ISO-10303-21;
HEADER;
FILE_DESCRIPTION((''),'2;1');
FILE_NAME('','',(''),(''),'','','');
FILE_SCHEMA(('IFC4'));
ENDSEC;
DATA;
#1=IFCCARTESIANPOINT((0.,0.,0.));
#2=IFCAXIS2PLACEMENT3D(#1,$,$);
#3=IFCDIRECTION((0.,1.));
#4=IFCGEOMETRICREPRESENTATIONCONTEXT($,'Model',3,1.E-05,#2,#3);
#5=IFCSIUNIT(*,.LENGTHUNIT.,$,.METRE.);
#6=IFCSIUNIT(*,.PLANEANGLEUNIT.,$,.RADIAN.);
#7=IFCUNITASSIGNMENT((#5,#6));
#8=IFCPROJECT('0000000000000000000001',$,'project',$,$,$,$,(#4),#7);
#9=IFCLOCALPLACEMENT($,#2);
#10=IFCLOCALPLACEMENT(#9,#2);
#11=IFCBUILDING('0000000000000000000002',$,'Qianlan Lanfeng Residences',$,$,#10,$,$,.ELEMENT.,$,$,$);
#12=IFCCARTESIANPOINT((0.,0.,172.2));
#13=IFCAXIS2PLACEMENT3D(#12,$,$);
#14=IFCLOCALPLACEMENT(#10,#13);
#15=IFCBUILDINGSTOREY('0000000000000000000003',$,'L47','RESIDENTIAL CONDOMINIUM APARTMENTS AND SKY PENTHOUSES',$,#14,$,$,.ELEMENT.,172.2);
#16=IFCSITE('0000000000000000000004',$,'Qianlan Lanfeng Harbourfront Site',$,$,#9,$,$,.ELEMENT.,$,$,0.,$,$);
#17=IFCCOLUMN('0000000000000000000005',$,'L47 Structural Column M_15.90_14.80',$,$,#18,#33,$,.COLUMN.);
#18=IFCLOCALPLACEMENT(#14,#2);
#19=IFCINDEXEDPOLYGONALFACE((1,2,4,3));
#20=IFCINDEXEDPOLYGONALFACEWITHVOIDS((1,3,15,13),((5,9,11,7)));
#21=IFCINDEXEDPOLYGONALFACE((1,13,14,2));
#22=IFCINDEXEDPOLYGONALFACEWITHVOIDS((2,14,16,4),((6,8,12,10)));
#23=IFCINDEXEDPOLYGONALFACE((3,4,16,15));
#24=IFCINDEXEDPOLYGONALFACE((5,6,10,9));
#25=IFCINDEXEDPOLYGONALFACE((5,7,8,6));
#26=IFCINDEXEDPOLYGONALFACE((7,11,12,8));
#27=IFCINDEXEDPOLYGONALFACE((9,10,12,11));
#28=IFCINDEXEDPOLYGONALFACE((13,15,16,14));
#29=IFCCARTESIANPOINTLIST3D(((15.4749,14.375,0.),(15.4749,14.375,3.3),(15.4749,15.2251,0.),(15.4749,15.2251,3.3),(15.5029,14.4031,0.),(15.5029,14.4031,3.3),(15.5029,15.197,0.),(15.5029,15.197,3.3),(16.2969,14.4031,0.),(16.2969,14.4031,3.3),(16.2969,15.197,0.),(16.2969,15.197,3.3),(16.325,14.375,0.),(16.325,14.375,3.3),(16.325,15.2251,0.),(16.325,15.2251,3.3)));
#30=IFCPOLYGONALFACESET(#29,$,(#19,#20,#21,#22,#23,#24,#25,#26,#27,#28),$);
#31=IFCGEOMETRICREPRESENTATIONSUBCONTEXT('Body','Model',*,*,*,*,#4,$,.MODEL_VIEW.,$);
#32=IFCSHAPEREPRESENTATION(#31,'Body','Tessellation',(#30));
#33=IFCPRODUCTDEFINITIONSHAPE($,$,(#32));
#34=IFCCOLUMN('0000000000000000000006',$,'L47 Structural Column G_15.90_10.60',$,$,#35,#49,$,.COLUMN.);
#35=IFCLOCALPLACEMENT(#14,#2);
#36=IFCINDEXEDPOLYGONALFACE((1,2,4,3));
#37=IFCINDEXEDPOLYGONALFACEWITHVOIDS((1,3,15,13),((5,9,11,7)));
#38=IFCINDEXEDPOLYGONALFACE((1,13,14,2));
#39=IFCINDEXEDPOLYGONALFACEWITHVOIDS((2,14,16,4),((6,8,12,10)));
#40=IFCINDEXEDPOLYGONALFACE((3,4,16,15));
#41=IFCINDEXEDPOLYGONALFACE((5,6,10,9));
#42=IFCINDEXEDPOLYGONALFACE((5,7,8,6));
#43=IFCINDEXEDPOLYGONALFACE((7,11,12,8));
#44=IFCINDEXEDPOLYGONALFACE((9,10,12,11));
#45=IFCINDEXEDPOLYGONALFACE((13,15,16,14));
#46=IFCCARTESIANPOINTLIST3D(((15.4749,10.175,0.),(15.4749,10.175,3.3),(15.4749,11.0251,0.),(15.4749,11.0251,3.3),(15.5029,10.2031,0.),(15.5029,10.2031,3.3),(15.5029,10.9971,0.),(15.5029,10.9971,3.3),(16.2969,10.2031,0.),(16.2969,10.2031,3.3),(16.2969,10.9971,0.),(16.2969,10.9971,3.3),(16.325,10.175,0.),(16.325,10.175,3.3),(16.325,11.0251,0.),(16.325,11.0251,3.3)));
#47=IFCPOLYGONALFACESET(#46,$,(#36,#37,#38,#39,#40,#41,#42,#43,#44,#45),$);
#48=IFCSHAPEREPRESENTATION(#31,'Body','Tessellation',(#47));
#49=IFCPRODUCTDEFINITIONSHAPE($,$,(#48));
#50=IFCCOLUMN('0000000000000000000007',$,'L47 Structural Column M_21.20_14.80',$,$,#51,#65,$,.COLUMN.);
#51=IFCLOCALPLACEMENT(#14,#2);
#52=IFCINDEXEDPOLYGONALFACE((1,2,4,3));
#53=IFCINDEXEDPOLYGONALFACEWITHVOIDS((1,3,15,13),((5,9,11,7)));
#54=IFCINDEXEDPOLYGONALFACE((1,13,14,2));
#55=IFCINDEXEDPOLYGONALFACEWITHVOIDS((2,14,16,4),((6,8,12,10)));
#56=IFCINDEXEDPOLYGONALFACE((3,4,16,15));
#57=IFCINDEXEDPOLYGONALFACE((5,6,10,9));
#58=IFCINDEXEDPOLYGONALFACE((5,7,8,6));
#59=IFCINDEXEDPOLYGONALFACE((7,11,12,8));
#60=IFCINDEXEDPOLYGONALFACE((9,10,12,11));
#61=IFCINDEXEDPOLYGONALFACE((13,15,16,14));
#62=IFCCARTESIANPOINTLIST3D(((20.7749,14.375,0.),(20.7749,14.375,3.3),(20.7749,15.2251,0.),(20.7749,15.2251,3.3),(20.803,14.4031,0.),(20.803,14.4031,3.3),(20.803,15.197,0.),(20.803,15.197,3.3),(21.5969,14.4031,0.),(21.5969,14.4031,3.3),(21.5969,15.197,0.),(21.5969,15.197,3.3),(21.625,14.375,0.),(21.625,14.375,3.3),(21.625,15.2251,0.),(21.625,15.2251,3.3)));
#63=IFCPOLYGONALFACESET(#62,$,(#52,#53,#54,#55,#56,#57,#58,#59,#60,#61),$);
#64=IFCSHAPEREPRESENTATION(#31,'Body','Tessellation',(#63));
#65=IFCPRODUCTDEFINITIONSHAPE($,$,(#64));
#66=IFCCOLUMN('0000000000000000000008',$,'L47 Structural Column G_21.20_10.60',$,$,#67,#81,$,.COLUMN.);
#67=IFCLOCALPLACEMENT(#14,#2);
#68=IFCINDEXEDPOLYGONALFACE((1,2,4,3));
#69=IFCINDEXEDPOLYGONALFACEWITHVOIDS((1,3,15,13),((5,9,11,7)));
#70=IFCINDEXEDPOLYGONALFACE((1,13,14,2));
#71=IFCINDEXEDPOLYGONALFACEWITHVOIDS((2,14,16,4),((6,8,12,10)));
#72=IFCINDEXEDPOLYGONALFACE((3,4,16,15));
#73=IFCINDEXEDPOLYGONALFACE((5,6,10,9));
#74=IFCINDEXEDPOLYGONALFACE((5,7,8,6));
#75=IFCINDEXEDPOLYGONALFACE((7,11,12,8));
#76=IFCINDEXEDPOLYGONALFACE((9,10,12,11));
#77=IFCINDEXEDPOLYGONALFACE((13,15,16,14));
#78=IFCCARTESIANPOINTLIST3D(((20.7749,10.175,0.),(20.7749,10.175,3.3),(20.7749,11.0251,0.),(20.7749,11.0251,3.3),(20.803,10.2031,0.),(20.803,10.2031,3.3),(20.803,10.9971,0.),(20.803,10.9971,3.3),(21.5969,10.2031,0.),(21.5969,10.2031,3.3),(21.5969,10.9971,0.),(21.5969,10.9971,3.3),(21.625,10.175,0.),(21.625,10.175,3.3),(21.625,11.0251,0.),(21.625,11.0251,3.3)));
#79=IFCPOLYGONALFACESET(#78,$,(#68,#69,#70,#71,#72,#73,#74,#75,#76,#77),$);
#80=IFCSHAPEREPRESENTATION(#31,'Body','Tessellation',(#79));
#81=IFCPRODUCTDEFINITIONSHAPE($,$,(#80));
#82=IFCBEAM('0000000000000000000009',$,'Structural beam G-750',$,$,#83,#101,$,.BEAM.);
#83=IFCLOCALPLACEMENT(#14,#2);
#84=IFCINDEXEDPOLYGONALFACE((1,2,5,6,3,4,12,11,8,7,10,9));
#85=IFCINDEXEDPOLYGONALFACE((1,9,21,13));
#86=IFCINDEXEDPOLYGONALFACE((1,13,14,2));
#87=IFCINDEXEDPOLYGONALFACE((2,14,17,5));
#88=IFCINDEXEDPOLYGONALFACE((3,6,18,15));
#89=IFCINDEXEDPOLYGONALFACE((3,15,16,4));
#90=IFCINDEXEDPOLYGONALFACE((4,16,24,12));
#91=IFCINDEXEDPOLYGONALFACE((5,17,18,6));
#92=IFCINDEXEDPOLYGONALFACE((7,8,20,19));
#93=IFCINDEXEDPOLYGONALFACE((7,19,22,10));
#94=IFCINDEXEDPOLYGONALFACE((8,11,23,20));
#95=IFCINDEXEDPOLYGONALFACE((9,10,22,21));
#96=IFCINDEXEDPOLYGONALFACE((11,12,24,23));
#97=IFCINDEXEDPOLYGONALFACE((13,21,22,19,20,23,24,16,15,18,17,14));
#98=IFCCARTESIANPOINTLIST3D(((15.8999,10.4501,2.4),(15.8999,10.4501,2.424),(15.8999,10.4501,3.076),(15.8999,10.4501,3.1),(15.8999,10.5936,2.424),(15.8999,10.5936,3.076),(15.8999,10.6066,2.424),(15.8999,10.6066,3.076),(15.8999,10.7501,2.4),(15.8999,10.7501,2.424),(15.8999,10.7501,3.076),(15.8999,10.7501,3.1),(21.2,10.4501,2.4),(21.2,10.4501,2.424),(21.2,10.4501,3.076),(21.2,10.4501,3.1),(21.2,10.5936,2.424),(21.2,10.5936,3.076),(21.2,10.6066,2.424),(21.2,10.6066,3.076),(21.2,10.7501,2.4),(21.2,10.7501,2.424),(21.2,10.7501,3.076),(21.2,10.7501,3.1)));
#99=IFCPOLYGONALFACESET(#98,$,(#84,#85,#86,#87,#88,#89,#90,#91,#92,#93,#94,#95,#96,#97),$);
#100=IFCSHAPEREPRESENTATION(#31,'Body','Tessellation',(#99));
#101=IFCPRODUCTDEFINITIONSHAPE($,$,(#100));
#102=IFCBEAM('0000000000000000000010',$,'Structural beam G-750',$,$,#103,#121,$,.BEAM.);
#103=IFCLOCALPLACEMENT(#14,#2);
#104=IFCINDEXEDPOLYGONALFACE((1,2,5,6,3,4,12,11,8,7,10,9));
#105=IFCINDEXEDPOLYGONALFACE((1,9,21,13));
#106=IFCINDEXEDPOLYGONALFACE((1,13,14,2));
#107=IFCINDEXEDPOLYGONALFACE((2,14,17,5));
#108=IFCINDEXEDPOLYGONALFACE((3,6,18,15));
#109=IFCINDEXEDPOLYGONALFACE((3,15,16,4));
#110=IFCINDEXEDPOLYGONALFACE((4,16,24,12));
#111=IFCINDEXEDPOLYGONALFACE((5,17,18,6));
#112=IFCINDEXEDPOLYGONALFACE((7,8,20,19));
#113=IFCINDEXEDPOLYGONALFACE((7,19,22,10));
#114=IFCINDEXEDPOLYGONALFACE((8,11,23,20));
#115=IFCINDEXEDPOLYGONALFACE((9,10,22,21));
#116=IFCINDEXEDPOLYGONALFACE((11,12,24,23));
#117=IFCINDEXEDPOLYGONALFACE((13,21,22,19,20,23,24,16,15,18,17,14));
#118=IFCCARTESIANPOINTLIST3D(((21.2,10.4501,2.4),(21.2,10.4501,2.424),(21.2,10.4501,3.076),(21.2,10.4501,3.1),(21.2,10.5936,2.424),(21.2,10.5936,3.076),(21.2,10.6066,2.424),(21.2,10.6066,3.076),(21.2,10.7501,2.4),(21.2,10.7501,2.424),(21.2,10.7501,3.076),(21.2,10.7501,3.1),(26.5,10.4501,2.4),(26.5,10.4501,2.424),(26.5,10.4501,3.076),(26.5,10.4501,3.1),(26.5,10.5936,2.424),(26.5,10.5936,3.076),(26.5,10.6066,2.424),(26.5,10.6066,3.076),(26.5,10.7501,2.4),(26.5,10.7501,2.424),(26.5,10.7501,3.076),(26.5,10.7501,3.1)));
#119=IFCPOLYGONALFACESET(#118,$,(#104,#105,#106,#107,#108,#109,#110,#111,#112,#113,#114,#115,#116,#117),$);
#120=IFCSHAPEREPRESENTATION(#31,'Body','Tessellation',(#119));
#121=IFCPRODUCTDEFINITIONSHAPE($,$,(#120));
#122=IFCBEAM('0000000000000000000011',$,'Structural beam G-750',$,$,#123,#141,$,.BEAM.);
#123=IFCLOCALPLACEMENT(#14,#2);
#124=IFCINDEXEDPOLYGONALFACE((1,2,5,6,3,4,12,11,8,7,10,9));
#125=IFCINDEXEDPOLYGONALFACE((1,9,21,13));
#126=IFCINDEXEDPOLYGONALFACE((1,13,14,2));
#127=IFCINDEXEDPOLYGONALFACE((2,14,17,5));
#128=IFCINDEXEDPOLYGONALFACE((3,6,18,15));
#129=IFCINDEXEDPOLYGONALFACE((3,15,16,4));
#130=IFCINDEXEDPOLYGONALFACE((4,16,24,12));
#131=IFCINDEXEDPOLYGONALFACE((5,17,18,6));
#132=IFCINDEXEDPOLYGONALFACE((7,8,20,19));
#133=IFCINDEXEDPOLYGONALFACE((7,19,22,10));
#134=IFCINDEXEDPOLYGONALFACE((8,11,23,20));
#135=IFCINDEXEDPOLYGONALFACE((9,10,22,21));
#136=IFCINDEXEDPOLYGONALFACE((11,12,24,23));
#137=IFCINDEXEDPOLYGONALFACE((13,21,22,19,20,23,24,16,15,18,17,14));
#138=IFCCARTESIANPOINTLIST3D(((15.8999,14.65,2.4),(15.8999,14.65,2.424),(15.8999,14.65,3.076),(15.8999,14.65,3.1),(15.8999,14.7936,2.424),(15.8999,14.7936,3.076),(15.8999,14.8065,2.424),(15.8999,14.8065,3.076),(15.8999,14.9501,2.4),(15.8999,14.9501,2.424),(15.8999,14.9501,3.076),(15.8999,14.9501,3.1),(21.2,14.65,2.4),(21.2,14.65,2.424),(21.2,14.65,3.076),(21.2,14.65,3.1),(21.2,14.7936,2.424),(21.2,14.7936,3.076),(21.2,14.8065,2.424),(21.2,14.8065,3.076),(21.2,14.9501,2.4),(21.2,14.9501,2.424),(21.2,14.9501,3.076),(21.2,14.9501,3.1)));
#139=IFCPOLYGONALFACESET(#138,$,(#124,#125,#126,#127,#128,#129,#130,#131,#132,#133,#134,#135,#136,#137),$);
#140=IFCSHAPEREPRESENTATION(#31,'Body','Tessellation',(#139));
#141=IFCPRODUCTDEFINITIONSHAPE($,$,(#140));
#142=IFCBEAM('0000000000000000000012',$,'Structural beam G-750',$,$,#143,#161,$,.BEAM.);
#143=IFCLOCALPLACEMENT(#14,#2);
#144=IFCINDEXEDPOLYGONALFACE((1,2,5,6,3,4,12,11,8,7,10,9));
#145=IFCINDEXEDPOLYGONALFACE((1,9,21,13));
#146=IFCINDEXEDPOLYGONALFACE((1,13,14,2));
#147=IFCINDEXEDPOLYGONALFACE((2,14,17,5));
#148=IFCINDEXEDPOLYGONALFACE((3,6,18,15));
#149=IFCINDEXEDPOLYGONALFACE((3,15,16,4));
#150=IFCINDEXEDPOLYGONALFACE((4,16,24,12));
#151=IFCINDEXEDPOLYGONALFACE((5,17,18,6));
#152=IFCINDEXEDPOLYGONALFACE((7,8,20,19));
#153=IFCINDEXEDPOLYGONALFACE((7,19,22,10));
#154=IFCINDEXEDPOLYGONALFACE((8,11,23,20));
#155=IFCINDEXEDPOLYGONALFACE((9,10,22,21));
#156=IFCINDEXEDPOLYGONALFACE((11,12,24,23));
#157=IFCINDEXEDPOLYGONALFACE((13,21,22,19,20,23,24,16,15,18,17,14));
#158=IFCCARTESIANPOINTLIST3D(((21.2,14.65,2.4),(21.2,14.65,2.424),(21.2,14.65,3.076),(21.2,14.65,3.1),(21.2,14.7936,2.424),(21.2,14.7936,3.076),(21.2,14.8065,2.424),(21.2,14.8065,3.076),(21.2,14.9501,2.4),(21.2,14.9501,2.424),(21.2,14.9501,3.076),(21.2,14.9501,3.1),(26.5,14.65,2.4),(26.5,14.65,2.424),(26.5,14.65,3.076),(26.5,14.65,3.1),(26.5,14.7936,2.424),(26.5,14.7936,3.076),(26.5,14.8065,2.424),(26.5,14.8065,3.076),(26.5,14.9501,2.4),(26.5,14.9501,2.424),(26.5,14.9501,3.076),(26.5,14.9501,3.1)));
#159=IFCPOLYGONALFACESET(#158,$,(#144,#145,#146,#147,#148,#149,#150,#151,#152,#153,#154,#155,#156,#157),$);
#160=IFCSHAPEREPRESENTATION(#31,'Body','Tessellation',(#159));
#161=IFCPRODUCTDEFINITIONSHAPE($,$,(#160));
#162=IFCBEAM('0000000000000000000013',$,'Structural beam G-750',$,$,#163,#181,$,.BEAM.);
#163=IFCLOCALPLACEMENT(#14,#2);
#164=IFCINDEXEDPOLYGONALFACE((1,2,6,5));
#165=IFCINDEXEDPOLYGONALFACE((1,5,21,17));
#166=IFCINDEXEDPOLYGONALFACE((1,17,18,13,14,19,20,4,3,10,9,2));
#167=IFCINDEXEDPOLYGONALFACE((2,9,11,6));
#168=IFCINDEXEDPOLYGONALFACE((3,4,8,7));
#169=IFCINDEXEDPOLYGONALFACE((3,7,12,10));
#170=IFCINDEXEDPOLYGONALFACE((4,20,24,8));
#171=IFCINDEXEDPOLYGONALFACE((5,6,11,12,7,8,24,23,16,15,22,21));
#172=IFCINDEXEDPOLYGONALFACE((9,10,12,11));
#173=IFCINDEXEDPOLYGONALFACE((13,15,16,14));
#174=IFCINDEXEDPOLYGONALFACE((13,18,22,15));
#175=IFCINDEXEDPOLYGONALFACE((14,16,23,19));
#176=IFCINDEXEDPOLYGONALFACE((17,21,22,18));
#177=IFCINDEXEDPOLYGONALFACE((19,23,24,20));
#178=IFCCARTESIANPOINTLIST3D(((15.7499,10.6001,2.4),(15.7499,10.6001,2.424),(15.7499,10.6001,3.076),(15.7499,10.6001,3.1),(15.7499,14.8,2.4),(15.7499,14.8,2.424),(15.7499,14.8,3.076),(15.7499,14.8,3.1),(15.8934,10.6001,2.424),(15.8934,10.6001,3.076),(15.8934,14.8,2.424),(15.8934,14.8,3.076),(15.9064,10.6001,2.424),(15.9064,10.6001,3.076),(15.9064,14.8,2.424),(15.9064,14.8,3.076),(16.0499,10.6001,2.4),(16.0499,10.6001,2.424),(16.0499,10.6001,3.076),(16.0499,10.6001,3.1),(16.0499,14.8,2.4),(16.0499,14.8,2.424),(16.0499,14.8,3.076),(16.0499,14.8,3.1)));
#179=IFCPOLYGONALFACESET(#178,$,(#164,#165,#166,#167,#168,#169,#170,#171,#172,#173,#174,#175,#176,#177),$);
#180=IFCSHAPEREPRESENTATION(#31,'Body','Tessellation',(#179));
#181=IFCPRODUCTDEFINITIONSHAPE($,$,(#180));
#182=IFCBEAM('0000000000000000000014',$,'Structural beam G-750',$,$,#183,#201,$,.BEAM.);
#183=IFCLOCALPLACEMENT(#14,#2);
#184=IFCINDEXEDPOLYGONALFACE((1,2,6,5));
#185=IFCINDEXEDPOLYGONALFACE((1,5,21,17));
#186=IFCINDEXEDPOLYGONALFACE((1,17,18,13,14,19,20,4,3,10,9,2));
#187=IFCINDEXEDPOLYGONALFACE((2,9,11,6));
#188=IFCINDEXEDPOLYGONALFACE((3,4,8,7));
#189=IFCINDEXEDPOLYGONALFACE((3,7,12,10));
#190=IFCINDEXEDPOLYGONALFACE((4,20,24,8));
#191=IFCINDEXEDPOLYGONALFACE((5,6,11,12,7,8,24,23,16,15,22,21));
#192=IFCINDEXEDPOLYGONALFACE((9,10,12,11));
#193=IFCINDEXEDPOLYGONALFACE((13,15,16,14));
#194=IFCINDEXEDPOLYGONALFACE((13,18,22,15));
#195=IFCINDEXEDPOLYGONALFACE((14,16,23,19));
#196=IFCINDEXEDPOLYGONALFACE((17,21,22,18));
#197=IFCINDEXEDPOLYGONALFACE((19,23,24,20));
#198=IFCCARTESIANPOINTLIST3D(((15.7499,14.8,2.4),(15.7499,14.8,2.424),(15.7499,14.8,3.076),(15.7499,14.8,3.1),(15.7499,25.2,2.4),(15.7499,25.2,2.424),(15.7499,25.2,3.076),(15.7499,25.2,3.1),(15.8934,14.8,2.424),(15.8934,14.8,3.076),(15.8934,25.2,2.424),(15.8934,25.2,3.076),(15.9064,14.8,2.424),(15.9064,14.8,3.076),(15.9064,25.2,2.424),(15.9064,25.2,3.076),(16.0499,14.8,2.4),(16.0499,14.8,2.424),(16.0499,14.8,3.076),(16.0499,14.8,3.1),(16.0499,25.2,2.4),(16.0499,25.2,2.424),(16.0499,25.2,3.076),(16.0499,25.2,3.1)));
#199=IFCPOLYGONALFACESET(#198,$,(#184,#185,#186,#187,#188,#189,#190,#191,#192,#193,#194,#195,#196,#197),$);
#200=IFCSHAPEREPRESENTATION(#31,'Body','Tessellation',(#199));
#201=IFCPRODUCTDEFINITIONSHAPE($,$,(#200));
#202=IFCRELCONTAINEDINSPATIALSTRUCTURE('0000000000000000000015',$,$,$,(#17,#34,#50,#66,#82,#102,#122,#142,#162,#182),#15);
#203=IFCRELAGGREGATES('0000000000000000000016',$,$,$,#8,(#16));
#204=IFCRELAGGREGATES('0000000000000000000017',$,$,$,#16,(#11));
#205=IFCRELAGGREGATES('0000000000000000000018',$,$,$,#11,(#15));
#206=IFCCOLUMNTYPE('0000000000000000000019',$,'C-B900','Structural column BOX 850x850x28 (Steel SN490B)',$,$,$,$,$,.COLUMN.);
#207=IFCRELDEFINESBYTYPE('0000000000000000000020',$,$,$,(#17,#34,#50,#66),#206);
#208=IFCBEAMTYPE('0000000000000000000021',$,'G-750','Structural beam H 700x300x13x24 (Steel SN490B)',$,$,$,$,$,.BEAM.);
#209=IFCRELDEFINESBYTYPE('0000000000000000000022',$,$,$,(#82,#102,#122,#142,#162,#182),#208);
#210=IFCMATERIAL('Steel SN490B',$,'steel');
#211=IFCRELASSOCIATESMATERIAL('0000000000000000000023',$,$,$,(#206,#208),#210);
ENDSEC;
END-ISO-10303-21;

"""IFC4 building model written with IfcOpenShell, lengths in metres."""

from ifc_helpers import new_model, si_unit, direction, frame, origin, origin_2d, place, context, subcontext, project, spatial, hollow_rectangle, i_section, extrude, material, material_profile, profile_set, type_object, element, save


model = new_model("IFC4")

# Units and contexts
model_context = context("Model", 3, precision=1e-05, world=origin(), true_north=direction((0.0, 1.0)))
body_context = subcontext(model_context, "Body", "Model", "MODEL_VIEW")
ifc_project = project(units=[si_unit("LENGTHUNIT", "METRE"), si_unit("PLANEANGLEUNIT", "RADIAN")], contexts=[model_context])

# Site, building, storey
site_placement = place(None, origin())
site = spatial("IfcSite", under=ifc_project, at=site_placement, Name="Qianlan Lanfeng Harbourfront Site", CompositionType="ELEMENT", RefElevation=0.0)
building_placement = place(site_placement, origin())
building = spatial("IfcBuilding", under=site, at=building_placement, Name="Qianlan Lanfeng Residences", CompositionType="ELEMENT")
storey_placement = place(building_placement, frame((0.0, 0.0, 172.2)))
storey = spatial("IfcBuildingStorey", under=building, at=storey_placement, Name="L47", Description="RESIDENTIAL CONDOMINIUM APARTMENTS AND SKY PENTHOUSES", CompositionType="ELEMENT", Elevation=172.2)

# Columns
ifc_material_1 = material(Name="Steel SN490B", Category="steel")
ifc_material_profile_1 = material_profile(ifc_material_1, hollow_rectangle(XDim=0.8501, YDim=0.8501, WallThickness=0.0281, at=origin_2d()), Name="BOX 850x850x28")
ifc_profile_set_1 = profile_set([ifc_material_profile_1], Name="Steel SN490B")
column_type = type_object("IfcColumnType", Name="C-B900", Description="Structural column BOX 850x850x28 (Steel SN490B)", PredefinedType="COLUMN", material=ifc_profile_set_1)
for number, where, z_axis, x_axis, name in (
    (1, (15.8999, 14.8, 0.0), (0.0, 0.0, 1.0), (1.0, 0.0, 0.0), "L47 Structural Column M_15.90_14.80"),
    (2, (15.8999, 10.6001, 0.0), (0.0, 0.0, 1.0), (1.0, 0.0, 0.0), "L47 Structural Column G_15.90_10.60"),
    (3, (21.2, 14.8, 0.0), (0.0, 0.0, 1.0), (1.0, 0.0, 0.0), "L47 Structural Column M_21.20_14.80"),
    (4, (21.2, 10.6001, 0.0), (0.0, 0.0, 1.0), (1.0, 0.0, 0.0), "L47 Structural Column G_21.20_10.60"),
):
    element("IfcColumn", number, at=place(storey_placement, frame(where, z_axis=z_axis, x_axis=x_axis)), inside=storey, type_object=column_type, Name=name, PredefinedType="COLUMN", context=body_context, shape_type="SweptSolid", body=[
        extrude(hollow_rectangle(XDim=0.8501, YDim=0.8501, WallThickness=0.0281, at=origin_2d()), origin(), (0.0, 0.0, 1.0), 3.3),
    ])

# Beams
ifc_material_profile_2 = material_profile(ifc_material_1, i_section(OverallWidth=0.3, OverallDepth=0.7, WebThickness=0.0129, FlangeThickness=0.0239, at=origin_2d()), Name="H 700x300x13x24")
ifc_profile_set_2 = profile_set([ifc_material_profile_2], Name="Steel SN490B")
beam_type_1 = type_object("IfcBeamType", Name="G-750", Description="Structural beam H 700x300x13x24 (Steel SN490B)", PredefinedType="BEAM", material=ifc_profile_set_2)
for number, where, z_axis, x_axis, name in (
    (5, (15.8999, 10.6001, 2.75), (1.0, 0.0, 0.0), (0.0, 1.0, 0.0), "Structural beam G-750"),
    (6, (21.2, 10.6001, 2.75), (1.0, 0.0, 0.0), (0.0, 1.0, 0.0), "Structural beam G-750"),
    (7, (15.8999, 14.8, 2.75), (1.0, 0.0, 0.0), (0.0, 1.0, 0.0), "Structural beam G-750"),
    (8, (21.2, 14.8, 2.75), (1.0, 0.0, 0.0), (0.0, 1.0, 0.0), "Structural beam G-750"),
):
    element("IfcBeam", number, at=place(storey_placement, frame(where, z_axis=z_axis, x_axis=x_axis)), inside=storey, type_object=beam_type_1, Name=name, PredefinedType="BEAM", context=body_context, shape_type="SweptSolid", body=[
        extrude(i_section(OverallWidth=0.3, OverallDepth=0.7, WebThickness=0.0129, FlangeThickness=0.0239, at=origin_2d()), origin(), (0.0, 0.0, 1.0), 5.3),
    ])
beam_1_placement = place(storey_placement, frame((15.8999, 10.6001, 2.75), z_axis=(0.0, 1.0, 0.0), x_axis=(-1.0, 0.0, 0.0)))
element("IfcBeam", 9, at=beam_1_placement, inside=storey, type_object=beam_type_1, Name="Structural beam G-750", PredefinedType="BEAM", context=body_context, shape_type="SweptSolid", body=[
    extrude(i_section(OverallWidth=0.3, OverallDepth=0.7, WebThickness=0.0129, FlangeThickness=0.0239, at=origin_2d()), origin(), (0.0, 0.0, 1.0), 4.2),
])
beam_2_placement = place(storey_placement, frame((15.8999, 14.8, 2.75), z_axis=(0.0, 1.0, 0.0), x_axis=(-1.0, 0.0, 0.0)))
element("IfcBeam", 10, at=beam_2_placement, inside=storey, type_object=beam_type_1, Name="Structural beam G-750", PredefinedType="BEAM", context=body_context, shape_type="SweptSolid", body=[
    extrude(i_section(OverallWidth=0.3, OverallDepth=0.7, WebThickness=0.0129, FlangeThickness=0.0239, at=origin_2d()), origin(), (0.0, 0.0, 1.0), 10.3999),
])

save(model, "model.ifc")
